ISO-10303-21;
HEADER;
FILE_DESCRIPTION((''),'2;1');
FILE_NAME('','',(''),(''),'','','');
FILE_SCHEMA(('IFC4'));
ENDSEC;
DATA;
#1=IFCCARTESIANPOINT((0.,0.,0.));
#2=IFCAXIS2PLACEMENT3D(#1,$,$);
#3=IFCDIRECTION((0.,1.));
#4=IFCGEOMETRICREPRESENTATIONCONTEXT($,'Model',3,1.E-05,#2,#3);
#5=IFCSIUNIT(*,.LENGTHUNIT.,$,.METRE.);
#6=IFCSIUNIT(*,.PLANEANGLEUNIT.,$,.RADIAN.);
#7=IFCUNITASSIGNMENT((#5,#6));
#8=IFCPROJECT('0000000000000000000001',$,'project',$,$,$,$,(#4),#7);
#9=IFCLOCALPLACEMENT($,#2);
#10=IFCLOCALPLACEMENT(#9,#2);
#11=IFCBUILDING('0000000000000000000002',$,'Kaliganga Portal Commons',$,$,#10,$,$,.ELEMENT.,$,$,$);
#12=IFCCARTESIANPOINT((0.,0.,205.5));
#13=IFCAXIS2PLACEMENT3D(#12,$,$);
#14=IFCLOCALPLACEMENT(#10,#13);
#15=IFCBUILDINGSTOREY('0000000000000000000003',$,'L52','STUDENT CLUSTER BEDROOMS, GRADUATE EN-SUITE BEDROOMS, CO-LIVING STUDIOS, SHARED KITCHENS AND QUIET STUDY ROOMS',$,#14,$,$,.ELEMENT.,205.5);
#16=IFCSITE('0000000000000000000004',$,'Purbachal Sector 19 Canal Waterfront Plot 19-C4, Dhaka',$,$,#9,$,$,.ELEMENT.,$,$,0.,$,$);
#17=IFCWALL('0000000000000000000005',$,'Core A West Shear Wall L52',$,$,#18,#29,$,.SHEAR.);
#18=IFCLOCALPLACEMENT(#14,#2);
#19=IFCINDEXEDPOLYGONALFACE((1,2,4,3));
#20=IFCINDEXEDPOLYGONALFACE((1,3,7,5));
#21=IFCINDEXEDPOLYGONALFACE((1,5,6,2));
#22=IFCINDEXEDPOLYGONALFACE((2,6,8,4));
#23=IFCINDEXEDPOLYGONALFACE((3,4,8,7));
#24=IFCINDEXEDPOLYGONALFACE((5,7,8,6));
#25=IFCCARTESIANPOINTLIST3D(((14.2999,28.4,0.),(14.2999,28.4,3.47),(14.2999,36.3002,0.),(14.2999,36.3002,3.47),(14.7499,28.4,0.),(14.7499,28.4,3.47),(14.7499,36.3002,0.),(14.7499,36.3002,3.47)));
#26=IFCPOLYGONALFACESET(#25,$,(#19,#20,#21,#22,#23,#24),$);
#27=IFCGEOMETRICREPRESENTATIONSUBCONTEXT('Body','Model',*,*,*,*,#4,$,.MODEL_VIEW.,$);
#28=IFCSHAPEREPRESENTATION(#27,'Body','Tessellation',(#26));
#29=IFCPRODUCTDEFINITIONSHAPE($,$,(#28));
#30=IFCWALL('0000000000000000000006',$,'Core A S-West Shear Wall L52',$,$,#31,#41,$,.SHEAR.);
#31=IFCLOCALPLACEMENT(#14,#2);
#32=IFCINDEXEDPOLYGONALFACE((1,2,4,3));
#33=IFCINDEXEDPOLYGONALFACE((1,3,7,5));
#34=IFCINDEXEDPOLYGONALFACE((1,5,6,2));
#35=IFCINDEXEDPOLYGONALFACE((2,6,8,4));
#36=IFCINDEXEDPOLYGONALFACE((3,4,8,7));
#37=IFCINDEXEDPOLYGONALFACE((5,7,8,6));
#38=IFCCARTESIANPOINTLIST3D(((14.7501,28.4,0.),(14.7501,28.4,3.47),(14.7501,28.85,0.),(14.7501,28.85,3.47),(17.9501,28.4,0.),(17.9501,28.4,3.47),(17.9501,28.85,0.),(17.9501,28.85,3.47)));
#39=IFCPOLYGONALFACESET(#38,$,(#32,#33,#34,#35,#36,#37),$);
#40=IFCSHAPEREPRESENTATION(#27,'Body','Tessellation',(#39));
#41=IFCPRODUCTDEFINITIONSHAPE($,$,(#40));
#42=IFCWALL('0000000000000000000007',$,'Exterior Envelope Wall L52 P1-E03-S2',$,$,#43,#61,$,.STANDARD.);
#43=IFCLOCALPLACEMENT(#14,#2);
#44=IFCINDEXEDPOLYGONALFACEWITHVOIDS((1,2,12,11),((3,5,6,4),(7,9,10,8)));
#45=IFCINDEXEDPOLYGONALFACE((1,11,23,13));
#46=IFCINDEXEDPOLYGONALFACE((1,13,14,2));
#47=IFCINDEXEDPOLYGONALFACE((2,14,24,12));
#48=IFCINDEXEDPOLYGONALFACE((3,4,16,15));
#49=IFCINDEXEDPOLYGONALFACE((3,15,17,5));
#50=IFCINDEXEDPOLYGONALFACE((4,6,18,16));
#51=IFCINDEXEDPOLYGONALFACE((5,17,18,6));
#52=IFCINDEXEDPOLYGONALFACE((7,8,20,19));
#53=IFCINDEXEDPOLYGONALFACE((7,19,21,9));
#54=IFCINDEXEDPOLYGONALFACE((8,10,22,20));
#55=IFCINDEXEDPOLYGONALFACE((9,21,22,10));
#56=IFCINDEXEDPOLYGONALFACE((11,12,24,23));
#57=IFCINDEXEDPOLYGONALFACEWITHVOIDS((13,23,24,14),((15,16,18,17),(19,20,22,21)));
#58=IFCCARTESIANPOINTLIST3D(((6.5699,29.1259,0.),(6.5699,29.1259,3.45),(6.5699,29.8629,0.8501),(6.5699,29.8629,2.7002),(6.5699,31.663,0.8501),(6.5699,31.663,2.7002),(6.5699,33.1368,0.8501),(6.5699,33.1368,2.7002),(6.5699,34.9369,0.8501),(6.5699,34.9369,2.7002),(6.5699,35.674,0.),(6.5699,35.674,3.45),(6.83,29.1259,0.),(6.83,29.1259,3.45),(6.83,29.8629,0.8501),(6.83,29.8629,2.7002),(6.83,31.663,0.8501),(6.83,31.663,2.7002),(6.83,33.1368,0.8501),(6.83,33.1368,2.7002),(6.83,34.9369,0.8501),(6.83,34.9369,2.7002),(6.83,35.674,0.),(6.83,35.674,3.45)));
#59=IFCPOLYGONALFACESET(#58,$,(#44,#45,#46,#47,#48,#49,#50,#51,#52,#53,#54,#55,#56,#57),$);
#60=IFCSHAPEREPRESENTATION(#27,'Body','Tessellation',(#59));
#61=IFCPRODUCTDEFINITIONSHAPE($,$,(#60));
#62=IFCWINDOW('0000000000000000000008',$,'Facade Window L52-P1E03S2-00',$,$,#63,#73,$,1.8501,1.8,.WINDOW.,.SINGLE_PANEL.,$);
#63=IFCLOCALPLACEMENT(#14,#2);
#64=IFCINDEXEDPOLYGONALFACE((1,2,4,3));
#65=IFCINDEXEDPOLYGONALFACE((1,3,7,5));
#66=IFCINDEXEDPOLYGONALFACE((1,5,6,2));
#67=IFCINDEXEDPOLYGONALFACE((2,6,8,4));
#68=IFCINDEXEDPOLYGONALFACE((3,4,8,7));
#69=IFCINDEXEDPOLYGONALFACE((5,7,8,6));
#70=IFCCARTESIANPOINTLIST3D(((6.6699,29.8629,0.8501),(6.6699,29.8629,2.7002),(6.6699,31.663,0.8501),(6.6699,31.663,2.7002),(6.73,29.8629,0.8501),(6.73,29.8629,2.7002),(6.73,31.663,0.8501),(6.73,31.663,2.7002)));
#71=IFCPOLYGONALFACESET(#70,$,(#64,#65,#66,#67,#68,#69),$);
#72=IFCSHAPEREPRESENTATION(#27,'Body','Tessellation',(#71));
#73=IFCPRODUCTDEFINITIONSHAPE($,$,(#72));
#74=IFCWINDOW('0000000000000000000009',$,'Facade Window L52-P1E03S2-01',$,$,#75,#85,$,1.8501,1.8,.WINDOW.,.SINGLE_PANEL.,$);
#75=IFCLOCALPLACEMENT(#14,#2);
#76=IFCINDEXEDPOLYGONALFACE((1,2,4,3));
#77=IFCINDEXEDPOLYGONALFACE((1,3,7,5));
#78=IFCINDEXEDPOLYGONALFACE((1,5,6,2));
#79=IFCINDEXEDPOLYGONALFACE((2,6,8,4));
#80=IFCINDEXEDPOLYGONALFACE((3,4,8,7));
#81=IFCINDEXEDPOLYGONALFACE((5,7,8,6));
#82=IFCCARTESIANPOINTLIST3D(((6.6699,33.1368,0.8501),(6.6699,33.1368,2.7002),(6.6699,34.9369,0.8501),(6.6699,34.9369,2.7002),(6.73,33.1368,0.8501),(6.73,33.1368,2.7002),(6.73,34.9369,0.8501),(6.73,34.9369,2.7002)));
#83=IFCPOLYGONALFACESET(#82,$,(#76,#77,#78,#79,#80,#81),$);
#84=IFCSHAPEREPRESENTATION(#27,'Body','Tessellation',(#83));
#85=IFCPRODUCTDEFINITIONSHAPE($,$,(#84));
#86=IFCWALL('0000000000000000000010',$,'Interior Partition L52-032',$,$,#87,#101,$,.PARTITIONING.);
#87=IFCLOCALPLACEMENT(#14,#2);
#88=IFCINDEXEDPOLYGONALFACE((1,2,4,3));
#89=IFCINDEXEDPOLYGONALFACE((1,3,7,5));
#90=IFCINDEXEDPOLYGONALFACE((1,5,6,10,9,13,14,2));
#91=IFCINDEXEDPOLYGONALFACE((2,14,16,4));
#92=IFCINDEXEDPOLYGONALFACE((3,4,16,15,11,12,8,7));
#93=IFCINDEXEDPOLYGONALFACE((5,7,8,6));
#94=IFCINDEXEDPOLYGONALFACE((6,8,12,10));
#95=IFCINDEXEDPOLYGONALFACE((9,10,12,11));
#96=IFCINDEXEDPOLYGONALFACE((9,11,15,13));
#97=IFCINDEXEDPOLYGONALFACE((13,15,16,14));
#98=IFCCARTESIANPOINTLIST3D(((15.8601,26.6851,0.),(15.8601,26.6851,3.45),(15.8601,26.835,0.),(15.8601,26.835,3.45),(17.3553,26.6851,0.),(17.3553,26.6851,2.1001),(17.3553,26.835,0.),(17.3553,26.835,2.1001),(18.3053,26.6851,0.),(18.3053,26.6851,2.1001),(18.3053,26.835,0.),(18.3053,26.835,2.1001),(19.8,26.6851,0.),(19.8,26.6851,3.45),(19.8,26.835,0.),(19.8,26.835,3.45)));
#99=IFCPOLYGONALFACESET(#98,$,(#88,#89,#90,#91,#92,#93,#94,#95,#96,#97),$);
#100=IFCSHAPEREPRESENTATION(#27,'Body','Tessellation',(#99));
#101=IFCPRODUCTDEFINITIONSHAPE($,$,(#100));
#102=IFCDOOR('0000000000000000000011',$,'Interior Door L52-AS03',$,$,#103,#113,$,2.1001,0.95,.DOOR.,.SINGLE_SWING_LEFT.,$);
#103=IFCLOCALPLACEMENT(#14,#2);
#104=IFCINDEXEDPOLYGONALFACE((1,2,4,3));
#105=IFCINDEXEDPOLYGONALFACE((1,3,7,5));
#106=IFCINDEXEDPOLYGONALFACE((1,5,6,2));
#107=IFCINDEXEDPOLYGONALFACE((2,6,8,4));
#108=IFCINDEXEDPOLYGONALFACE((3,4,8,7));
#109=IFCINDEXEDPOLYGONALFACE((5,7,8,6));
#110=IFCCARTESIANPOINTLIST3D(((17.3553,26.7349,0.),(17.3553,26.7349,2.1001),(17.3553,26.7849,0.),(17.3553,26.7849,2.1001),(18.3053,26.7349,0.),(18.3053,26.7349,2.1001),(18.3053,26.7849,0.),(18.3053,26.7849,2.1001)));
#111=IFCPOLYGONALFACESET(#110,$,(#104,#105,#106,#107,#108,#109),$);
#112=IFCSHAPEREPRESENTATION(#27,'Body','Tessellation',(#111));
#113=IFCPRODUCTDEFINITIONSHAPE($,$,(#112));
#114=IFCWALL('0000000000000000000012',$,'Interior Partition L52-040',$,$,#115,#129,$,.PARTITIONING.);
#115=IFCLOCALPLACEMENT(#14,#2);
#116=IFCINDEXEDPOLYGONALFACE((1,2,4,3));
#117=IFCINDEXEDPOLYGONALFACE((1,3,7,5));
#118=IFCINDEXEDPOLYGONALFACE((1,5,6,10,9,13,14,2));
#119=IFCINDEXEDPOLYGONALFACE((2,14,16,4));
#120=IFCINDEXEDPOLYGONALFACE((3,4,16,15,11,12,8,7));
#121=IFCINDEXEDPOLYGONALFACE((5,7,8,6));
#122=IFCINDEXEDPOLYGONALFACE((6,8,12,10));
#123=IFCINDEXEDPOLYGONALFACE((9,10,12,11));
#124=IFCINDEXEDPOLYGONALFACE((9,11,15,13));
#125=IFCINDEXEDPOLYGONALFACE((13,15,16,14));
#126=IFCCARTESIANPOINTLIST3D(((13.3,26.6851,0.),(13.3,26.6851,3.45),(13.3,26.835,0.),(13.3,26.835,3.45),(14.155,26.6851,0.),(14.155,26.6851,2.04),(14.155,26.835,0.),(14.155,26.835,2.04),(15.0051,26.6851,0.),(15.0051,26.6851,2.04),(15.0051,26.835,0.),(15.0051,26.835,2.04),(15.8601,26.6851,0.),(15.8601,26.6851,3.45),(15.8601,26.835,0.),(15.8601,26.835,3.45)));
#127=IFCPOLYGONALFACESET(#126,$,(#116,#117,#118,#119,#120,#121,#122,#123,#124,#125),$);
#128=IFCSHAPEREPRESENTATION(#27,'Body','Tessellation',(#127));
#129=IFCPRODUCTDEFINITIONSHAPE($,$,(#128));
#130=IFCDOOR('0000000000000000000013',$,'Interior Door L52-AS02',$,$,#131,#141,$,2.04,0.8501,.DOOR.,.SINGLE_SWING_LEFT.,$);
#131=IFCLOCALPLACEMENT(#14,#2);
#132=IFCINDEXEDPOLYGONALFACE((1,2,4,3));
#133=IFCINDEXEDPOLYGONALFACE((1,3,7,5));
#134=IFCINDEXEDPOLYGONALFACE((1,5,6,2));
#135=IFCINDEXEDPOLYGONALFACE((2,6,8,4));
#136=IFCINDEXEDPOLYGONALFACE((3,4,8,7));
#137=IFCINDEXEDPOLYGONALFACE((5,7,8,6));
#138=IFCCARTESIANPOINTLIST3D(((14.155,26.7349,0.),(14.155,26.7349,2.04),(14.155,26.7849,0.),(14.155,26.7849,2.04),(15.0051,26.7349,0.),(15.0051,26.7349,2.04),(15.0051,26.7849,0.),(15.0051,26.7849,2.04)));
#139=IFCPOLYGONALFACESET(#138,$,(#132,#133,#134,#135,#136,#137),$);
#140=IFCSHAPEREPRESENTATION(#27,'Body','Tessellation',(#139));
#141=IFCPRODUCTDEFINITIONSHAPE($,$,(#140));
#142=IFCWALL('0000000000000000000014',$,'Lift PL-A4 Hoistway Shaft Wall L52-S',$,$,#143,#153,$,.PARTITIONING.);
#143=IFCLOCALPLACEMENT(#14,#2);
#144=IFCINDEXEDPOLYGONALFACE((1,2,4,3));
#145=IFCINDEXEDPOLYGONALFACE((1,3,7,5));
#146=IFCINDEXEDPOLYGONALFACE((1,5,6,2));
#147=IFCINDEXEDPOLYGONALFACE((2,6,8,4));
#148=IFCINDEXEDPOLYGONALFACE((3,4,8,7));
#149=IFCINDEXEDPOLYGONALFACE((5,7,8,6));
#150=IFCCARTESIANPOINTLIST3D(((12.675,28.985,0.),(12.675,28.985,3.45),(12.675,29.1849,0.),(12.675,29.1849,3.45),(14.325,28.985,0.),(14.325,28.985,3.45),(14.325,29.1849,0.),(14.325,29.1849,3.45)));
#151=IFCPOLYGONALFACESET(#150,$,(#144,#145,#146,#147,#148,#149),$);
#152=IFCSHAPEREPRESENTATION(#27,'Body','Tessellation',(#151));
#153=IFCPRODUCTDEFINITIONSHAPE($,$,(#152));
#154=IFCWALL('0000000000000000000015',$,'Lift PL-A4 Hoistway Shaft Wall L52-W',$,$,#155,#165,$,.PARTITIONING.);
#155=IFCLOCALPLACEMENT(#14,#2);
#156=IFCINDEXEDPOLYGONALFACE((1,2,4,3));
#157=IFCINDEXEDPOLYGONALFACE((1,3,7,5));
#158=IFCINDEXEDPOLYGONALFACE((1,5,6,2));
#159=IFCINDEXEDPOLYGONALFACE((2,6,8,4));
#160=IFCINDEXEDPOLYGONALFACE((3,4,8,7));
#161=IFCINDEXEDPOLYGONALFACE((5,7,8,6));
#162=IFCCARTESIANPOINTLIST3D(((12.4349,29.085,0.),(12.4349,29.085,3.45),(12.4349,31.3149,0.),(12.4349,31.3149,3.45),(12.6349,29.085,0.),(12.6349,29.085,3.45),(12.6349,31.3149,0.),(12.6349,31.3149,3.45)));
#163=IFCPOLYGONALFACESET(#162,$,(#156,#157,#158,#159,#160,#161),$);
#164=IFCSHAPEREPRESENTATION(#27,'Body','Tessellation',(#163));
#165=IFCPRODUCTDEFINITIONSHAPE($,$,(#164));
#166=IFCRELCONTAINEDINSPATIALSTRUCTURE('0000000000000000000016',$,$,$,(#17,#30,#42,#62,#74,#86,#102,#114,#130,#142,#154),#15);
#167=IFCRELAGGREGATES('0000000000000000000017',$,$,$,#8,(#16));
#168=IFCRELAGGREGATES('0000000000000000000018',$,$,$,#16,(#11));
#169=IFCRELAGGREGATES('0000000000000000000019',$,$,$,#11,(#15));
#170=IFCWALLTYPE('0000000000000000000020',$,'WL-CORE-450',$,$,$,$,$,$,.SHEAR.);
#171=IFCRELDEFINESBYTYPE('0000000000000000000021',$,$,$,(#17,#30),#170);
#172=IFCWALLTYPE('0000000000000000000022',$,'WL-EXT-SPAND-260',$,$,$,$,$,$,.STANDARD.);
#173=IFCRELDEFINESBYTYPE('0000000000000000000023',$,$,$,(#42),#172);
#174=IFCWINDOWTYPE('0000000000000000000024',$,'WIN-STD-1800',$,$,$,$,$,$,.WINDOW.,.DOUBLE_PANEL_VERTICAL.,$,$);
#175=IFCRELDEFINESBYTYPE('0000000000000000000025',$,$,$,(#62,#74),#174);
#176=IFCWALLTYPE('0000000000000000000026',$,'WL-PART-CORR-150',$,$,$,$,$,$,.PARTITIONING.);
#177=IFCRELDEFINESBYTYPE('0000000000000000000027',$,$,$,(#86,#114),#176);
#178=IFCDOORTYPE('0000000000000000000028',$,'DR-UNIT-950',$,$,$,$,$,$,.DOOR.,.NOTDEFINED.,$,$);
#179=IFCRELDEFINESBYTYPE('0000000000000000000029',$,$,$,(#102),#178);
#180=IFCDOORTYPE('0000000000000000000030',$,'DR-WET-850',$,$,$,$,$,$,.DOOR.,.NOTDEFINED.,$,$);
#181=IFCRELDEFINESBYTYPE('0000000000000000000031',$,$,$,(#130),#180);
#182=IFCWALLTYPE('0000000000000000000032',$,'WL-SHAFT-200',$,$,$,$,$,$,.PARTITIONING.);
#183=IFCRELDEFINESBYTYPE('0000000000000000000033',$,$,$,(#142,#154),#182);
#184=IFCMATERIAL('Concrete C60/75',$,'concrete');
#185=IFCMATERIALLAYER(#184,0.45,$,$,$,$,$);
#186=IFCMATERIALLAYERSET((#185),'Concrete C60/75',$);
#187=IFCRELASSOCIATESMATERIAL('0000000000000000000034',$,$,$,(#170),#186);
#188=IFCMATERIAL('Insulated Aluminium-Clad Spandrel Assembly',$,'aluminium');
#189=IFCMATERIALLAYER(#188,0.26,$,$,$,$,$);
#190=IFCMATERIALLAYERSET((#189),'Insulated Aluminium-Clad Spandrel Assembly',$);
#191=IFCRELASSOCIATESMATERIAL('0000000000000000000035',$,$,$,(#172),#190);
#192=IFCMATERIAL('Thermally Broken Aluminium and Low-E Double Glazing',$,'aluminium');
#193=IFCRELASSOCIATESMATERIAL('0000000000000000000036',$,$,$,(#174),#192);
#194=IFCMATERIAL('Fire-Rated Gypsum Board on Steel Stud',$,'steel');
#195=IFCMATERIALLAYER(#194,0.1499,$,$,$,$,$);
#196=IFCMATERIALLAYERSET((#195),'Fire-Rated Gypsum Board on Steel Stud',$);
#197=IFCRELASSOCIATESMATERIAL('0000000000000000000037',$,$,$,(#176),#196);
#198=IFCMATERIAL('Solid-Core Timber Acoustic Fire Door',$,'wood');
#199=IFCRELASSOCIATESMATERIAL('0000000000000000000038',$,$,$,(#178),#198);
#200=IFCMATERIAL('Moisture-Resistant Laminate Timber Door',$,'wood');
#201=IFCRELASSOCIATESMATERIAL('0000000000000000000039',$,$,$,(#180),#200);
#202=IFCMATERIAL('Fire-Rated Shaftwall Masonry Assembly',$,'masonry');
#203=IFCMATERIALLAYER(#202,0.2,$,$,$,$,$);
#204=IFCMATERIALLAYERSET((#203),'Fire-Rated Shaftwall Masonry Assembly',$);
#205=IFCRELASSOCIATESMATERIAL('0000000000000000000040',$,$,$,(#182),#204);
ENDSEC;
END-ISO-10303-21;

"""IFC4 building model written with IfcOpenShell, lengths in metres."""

from ifc_helpers import new_model, si_unit, direction, frame, frame_2d, origin, place, context, subcontext, project, spatial, rectangle, extrude, material, layer, layer_set, type_object, element, fill, save


model = new_model("IFC4")

# Units and contexts
model_context = context("Model", 3, precision=1e-05, world=origin(), true_north=direction((0.0, 1.0)))
body_context = subcontext(model_context, "Body", "Model", "MODEL_VIEW")
ifc_project = project(units=[si_unit("LENGTHUNIT", "METRE"), si_unit("PLANEANGLEUNIT", "RADIAN")], contexts=[model_context])

# Site, building, storey
site_placement = place(None, origin())
site = spatial("IfcSite", under=ifc_project, at=site_placement, Name="Purbachal Sector 19 Canal Waterfront Plot 19-C4, Dhaka", CompositionType="ELEMENT", RefElevation=0.0)
building_placement = place(site_placement, origin())
building = spatial("IfcBuilding", under=site, at=building_placement, Name="Kaliganga Portal Commons", CompositionType="ELEMENT")
storey_placement = place(building_placement, frame((0.0, 0.0, 205.5)))
storey = spatial("IfcBuildingStorey", under=building, at=storey_placement, Name="L52", Description="STUDENT CLUSTER BEDROOMS, GRADUATE EN-SUITE BEDROOMS, CO-LIVING STUDIOS, SHARED KITCHENS AND QUIET STUDY ROOMS", CompositionType="ELEMENT", Elevation=205.5)

# Walls
ifc_material_1 = material(Name="Concrete C60/75", Category="concrete")
ifc_layer_1 = layer(ifc_material_1, 0.45)
ifc_layer_set_1 = layer_set([ifc_layer_1], Name="Concrete C60/75")
wall_type_1 = type_object("IfcWallType", Name="WL-CORE-450", PredefinedType="SHEAR", material=ifc_layer_set_1)
wall_1_placement = place(storey_placement, frame((14.5249, 28.3999, 0.0), z_axis=(0.0, 0.0, 1.0), x_axis=(0.0, 1.0, 0.0)))
element("IfcWall", 1, at=wall_1_placement, inside=storey, type_object=wall_type_1, Name="Core A West Shear Wall L52", PredefinedType="SHEAR", context=body_context, shape_type="SweptSolid", body=[
    extrude(rectangle(XDim=7.9001, YDim=0.45, at=frame_2d((3.9502, 0.0))), origin(), (0.0, 0.0, 1.0), 3.47),
])
wall_2_placement = place(storey_placement, frame((14.75, 28.625, 0.0), z_axis=(0.0, 0.0, 1.0), x_axis=(1.0, 0.0, 0.0)))
element("IfcWall", 2, at=wall_2_placement, inside=storey, type_object=wall_type_1, Name="Core A S-West Shear Wall L52", PredefinedType="SHEAR", context=body_context, shape_type="SweptSolid", body=[
    extrude(rectangle(XDim=3.2, YDim=0.45, at=frame_2d((1.6001, 0.0))), origin(), (0.0, 0.0, 1.0), 3.47),
])

# Wall, openings, windows
ifc_material_2 = material(Name="Insulated Aluminium-Clad Spandrel Assembly", Category="aluminium")
ifc_layer_2 = layer(ifc_material_2, 0.26)
ifc_layer_set_2 = layer_set([ifc_layer_2], Name="Insulated Aluminium-Clad Spandrel Assembly")
wall_type_2 = type_object("IfcWallType", Name="WL-EXT-SPAND-260", PredefinedType="STANDARD", material=ifc_layer_set_2)
wall_3_placement = place(storey_placement, frame((6.7, 29.126, 0.0), z_axis=(0.0, 0.0, 1.0), x_axis=(0.0, 1.0, 0.0)))
wall_3 = element("IfcWall", 3, at=wall_3_placement, inside=storey, type_object=wall_type_2, Name="Exterior Envelope Wall L52 P1-E03-S2", PredefinedType="STANDARD", context=body_context, shape_type="SweptSolid", body=[
    extrude(rectangle(XDim=6.5481, YDim=0.26, at=frame_2d((3.2739, 0.0))), origin(), (0.0, 0.0, 1.0), 3.45),
])
opening_1_placement = place(wall_3_placement, frame((0.7371, 0.0, 0.8501)))
opening_1 = element("IfcOpeningElement", 4, at=opening_1_placement, cuts=wall_3, PredefinedType="OPENING", context=body_context, shape_type="SweptSolid", body=[
    extrude(rectangle(XDim=1.8, YDim=1.8501, at=frame_2d((0.8999, 0.925))), frame((0.0, 0.1401, 0.0), z_axis=(0.0, -1.0, 0.0), x_axis=(1.0, 0.0, 0.0)), (0.0, 0.0, 1.0), 0.28),
])
opening_2_placement = place(wall_3_placement, frame((4.011, 0.0, 0.8501)))
opening_2 = element("IfcOpeningElement", 5, at=opening_2_placement, cuts=wall_3, PredefinedType="OPENING", context=body_context, shape_type="SweptSolid", body=[
    extrude(rectangle(XDim=1.8, YDim=1.8501, at=frame_2d((0.8999, 0.925))), frame((0.0, 0.1401, 0.0), z_axis=(0.0, -1.0, 0.0), x_axis=(1.0, 0.0, 0.0)), (0.0, 0.0, 1.0), 0.28),
])
ifc_material_3 = material(Name="Thermally Broken Aluminium and Low-E Double Glazing", Category="aluminium")
window_type = type_object("IfcWindowType", Name="WIN-STD-1800", PartitioningType="DOUBLE_PANEL_VERTICAL", PredefinedType="WINDOW", material=ifc_material_3)
window_1_placement = place(opening_1_placement, origin())
window_1 = element("IfcWindow", 6, at=window_1_placement, inside=storey, type_object=window_type, Name="Facade Window L52-P1E03S2-00", OverallHeight=1.8501, OverallWidth=1.8, PartitioningType="SINGLE_PANEL", PredefinedType="WINDOW", context=body_context, shape_type="SweptSolid", body=[
    extrude(rectangle(XDim=1.8, YDim=1.8501, at=frame_2d((0.8999, 0.925))), frame((0.0, 0.03, 0.0), z_axis=(0.0, -1.0, 0.0), x_axis=(1.0, 0.0, 0.0)), (0.0, 0.0, 1.0), 0.0601),
])
fill(opening_1, window_1)
window_2_placement = place(opening_2_placement, origin())
window_2 = element("IfcWindow", 7, at=window_2_placement, inside=storey, type_object=window_type, Name="Facade Window L52-P1E03S2-01", OverallHeight=1.8501, OverallWidth=1.8, PartitioningType="SINGLE_PANEL", PredefinedType="WINDOW", context=body_context, shape_type="SweptSolid", body=[
    extrude(rectangle(XDim=1.8, YDim=1.8501, at=frame_2d((0.8999, 0.925))), frame((0.0, 0.03, 0.0), z_axis=(0.0, -1.0, 0.0), x_axis=(1.0, 0.0, 0.0)), (0.0, 0.0, 1.0), 0.0601),
])
fill(opening_2, window_2)

# Walls, openings, doors
ifc_material_4 = material(Name="Fire-Rated Gypsum Board on Steel Stud", Category="steel")
ifc_layer_3 = layer(ifc_material_4, 0.1499)
ifc_layer_set_3 = layer_set([ifc_layer_3], Name="Fire-Rated Gypsum Board on Steel Stud")
wall_type_3 = type_object("IfcWallType", Name="WL-PART-CORR-150", PredefinedType="PARTITIONING", material=ifc_layer_set_3)
wall_4_placement = place(storey_placement, frame((15.8601, 26.76, 0.0), z_axis=(0.0, 0.0, 1.0), x_axis=(1.0, 0.0, 0.0)))
wall_4 = element("IfcWall", 8, at=wall_4_placement, inside=storey, type_object=wall_type_3, Name="Interior Partition L52-032", PredefinedType="PARTITIONING", context=body_context, shape_type="SweptSolid", body=[
    extrude(rectangle(XDim=3.9399, YDim=0.1499, at=frame_2d((1.97, 0.0))), origin(), (0.0, 0.0, 1.0), 3.45),
])
opening_3_placement = place(wall_4_placement, frame((1.4951, 0.0, 0.0)))
opening_3 = element("IfcOpeningElement", 9, at=opening_3_placement, cuts=wall_4, PredefinedType="OPENING", context=body_context, shape_type="SweptSolid", body=[
    extrude(rectangle(XDim=0.95, YDim=2.1001, at=frame_2d((0.4751, 1.05))), frame((0.0, 0.085, 0.0), z_axis=(0.0, -1.0, 0.0), x_axis=(1.0, 0.0, 0.0)), (0.0, 0.0, 1.0), 0.1699),
])
ifc_material_5 = material(Name="Solid-Core Timber Acoustic Fire Door", Category="wood")
door_type_1 = type_object("IfcDoorType", Name="DR-UNIT-950", OperationType="NOTDEFINED", PredefinedType="DOOR", material=ifc_material_5)
door_1_placement = place(opening_3_placement, origin())
door_1 = element("IfcDoor", 10, at=door_1_placement, inside=storey, type_object=door_type_1, Name="Interior Door L52-AS03", OperationType="SINGLE_SWING_LEFT", OverallHeight=2.1001, OverallWidth=0.95, PredefinedType="DOOR", context=body_context, shape_type="SweptSolid", body=[
    extrude(rectangle(XDim=0.95, YDim=2.1001, at=frame_2d((0.4751, 1.05))), frame((0.0, 0.0249, 0.0), z_axis=(0.0, -1.0, 0.0), x_axis=(1.0, 0.0, 0.0)), (0.0, 0.0, 1.0), 0.05),
])
fill(opening_3, door_1)
wall_5_placement = place(storey_placement, frame((13.3, 26.76, 0.0), z_axis=(0.0, 0.0, 1.0), x_axis=(1.0, 0.0, 0.0)))
wall_5 = element("IfcWall", 11, at=wall_5_placement, inside=storey, type_object=wall_type_3, Name="Interior Partition L52-040", PredefinedType="PARTITIONING", context=body_context, shape_type="SweptSolid", body=[
    extrude(rectangle(XDim=2.5601, YDim=0.1499, at=frame_2d((1.28, 0.0))), origin(), (0.0, 0.0, 1.0), 3.45),
])
opening_4_placement = place(wall_5_placement, frame((0.855, 0.0, 0.0)))
opening_4 = element("IfcOpeningElement", 12, at=opening_4_placement, cuts=wall_5, PredefinedType="OPENING", context=body_context, shape_type="SweptSolid", body=[
    extrude(rectangle(XDim=0.8501, YDim=2.04, at=frame_2d((0.425, 1.02))), frame((0.0, 0.085, 0.0), z_axis=(0.0, -1.0, 0.0), x_axis=(1.0, 0.0, 0.0)), (0.0, 0.0, 1.0), 0.1699),
])
ifc_material_6 = material(Name="Moisture-Resistant Laminate Timber Door", Category="wood")
door_type_2 = type_object("IfcDoorType", Name="DR-WET-850", OperationType="NOTDEFINED", PredefinedType="DOOR", material=ifc_material_6)
door_2_placement = place(opening_4_placement, origin())
door_2 = element("IfcDoor", 13, at=door_2_placement, inside=storey, type_object=door_type_2, Name="Interior Door L52-AS02", OperationType="SINGLE_SWING_LEFT", OverallHeight=2.04, OverallWidth=0.8501, PredefinedType="DOOR", context=body_context, shape_type="SweptSolid", body=[
    extrude(rectangle(XDim=0.8501, YDim=2.04, at=frame_2d((0.425, 1.02))), frame((0.0, 0.0249, 0.0), z_axis=(0.0, -1.0, 0.0), x_axis=(1.0, 0.0, 0.0)), (0.0, 0.0, 1.0), 0.05),
])
fill(opening_4, door_2)

# Wall
ifc_material_7 = material(Name="Fire-Rated Shaftwall Masonry Assembly", Category="masonry")
ifc_layer_4 = layer(ifc_material_7, 0.2)
ifc_layer_set_4 = layer_set([ifc_layer_4], Name="Fire-Rated Shaftwall Masonry Assembly")
wall_type_4 = type_object("IfcWallType", Name="WL-SHAFT-200", PredefinedType="PARTITIONING", material=ifc_layer_set_4)
wall_6_placement = place(storey_placement, frame((12.675, 29.085, 0.0), z_axis=(0.0, 0.0, 1.0), x_axis=(1.0, 0.0, 0.0)))
element("IfcWall", 14, at=wall_6_placement, inside=storey, type_object=wall_type_4, Name="Lift PL-A4 Hoistway Shaft Wall L52-S", PredefinedType="PARTITIONING", context=body_context, shape_type="SweptSolid", body=[
    extrude(rectangle(XDim=1.6499, YDim=0.2, at=frame_2d((0.825, 0.0))), origin(), (0.0, 0.0, 1.0), 3.45),
])

# Wall
for number, where, z_axis, x_axis, name in (
    (15, (12.5349, 29.085, 0.0), (0.0, 0.0, 1.0), (0.0, 1.0, 0.0), "Lift PL-A4 Hoistway Shaft Wall L52-W"),
):
    element("IfcWall", number, at=place(storey_placement, frame(where, z_axis=z_axis, x_axis=x_axis)), inside=storey, type_object=wall_type_4, Name=name, PredefinedType="PARTITIONING", context=body_context, shape_type="SweptSolid", body=[
        extrude(rectangle(XDim=2.23, YDim=0.2, at=frame_2d((1.115, 0.0))), origin(), (0.0, 0.0, 1.0), 3.45),
    ])

save(model, "model.ifc")
